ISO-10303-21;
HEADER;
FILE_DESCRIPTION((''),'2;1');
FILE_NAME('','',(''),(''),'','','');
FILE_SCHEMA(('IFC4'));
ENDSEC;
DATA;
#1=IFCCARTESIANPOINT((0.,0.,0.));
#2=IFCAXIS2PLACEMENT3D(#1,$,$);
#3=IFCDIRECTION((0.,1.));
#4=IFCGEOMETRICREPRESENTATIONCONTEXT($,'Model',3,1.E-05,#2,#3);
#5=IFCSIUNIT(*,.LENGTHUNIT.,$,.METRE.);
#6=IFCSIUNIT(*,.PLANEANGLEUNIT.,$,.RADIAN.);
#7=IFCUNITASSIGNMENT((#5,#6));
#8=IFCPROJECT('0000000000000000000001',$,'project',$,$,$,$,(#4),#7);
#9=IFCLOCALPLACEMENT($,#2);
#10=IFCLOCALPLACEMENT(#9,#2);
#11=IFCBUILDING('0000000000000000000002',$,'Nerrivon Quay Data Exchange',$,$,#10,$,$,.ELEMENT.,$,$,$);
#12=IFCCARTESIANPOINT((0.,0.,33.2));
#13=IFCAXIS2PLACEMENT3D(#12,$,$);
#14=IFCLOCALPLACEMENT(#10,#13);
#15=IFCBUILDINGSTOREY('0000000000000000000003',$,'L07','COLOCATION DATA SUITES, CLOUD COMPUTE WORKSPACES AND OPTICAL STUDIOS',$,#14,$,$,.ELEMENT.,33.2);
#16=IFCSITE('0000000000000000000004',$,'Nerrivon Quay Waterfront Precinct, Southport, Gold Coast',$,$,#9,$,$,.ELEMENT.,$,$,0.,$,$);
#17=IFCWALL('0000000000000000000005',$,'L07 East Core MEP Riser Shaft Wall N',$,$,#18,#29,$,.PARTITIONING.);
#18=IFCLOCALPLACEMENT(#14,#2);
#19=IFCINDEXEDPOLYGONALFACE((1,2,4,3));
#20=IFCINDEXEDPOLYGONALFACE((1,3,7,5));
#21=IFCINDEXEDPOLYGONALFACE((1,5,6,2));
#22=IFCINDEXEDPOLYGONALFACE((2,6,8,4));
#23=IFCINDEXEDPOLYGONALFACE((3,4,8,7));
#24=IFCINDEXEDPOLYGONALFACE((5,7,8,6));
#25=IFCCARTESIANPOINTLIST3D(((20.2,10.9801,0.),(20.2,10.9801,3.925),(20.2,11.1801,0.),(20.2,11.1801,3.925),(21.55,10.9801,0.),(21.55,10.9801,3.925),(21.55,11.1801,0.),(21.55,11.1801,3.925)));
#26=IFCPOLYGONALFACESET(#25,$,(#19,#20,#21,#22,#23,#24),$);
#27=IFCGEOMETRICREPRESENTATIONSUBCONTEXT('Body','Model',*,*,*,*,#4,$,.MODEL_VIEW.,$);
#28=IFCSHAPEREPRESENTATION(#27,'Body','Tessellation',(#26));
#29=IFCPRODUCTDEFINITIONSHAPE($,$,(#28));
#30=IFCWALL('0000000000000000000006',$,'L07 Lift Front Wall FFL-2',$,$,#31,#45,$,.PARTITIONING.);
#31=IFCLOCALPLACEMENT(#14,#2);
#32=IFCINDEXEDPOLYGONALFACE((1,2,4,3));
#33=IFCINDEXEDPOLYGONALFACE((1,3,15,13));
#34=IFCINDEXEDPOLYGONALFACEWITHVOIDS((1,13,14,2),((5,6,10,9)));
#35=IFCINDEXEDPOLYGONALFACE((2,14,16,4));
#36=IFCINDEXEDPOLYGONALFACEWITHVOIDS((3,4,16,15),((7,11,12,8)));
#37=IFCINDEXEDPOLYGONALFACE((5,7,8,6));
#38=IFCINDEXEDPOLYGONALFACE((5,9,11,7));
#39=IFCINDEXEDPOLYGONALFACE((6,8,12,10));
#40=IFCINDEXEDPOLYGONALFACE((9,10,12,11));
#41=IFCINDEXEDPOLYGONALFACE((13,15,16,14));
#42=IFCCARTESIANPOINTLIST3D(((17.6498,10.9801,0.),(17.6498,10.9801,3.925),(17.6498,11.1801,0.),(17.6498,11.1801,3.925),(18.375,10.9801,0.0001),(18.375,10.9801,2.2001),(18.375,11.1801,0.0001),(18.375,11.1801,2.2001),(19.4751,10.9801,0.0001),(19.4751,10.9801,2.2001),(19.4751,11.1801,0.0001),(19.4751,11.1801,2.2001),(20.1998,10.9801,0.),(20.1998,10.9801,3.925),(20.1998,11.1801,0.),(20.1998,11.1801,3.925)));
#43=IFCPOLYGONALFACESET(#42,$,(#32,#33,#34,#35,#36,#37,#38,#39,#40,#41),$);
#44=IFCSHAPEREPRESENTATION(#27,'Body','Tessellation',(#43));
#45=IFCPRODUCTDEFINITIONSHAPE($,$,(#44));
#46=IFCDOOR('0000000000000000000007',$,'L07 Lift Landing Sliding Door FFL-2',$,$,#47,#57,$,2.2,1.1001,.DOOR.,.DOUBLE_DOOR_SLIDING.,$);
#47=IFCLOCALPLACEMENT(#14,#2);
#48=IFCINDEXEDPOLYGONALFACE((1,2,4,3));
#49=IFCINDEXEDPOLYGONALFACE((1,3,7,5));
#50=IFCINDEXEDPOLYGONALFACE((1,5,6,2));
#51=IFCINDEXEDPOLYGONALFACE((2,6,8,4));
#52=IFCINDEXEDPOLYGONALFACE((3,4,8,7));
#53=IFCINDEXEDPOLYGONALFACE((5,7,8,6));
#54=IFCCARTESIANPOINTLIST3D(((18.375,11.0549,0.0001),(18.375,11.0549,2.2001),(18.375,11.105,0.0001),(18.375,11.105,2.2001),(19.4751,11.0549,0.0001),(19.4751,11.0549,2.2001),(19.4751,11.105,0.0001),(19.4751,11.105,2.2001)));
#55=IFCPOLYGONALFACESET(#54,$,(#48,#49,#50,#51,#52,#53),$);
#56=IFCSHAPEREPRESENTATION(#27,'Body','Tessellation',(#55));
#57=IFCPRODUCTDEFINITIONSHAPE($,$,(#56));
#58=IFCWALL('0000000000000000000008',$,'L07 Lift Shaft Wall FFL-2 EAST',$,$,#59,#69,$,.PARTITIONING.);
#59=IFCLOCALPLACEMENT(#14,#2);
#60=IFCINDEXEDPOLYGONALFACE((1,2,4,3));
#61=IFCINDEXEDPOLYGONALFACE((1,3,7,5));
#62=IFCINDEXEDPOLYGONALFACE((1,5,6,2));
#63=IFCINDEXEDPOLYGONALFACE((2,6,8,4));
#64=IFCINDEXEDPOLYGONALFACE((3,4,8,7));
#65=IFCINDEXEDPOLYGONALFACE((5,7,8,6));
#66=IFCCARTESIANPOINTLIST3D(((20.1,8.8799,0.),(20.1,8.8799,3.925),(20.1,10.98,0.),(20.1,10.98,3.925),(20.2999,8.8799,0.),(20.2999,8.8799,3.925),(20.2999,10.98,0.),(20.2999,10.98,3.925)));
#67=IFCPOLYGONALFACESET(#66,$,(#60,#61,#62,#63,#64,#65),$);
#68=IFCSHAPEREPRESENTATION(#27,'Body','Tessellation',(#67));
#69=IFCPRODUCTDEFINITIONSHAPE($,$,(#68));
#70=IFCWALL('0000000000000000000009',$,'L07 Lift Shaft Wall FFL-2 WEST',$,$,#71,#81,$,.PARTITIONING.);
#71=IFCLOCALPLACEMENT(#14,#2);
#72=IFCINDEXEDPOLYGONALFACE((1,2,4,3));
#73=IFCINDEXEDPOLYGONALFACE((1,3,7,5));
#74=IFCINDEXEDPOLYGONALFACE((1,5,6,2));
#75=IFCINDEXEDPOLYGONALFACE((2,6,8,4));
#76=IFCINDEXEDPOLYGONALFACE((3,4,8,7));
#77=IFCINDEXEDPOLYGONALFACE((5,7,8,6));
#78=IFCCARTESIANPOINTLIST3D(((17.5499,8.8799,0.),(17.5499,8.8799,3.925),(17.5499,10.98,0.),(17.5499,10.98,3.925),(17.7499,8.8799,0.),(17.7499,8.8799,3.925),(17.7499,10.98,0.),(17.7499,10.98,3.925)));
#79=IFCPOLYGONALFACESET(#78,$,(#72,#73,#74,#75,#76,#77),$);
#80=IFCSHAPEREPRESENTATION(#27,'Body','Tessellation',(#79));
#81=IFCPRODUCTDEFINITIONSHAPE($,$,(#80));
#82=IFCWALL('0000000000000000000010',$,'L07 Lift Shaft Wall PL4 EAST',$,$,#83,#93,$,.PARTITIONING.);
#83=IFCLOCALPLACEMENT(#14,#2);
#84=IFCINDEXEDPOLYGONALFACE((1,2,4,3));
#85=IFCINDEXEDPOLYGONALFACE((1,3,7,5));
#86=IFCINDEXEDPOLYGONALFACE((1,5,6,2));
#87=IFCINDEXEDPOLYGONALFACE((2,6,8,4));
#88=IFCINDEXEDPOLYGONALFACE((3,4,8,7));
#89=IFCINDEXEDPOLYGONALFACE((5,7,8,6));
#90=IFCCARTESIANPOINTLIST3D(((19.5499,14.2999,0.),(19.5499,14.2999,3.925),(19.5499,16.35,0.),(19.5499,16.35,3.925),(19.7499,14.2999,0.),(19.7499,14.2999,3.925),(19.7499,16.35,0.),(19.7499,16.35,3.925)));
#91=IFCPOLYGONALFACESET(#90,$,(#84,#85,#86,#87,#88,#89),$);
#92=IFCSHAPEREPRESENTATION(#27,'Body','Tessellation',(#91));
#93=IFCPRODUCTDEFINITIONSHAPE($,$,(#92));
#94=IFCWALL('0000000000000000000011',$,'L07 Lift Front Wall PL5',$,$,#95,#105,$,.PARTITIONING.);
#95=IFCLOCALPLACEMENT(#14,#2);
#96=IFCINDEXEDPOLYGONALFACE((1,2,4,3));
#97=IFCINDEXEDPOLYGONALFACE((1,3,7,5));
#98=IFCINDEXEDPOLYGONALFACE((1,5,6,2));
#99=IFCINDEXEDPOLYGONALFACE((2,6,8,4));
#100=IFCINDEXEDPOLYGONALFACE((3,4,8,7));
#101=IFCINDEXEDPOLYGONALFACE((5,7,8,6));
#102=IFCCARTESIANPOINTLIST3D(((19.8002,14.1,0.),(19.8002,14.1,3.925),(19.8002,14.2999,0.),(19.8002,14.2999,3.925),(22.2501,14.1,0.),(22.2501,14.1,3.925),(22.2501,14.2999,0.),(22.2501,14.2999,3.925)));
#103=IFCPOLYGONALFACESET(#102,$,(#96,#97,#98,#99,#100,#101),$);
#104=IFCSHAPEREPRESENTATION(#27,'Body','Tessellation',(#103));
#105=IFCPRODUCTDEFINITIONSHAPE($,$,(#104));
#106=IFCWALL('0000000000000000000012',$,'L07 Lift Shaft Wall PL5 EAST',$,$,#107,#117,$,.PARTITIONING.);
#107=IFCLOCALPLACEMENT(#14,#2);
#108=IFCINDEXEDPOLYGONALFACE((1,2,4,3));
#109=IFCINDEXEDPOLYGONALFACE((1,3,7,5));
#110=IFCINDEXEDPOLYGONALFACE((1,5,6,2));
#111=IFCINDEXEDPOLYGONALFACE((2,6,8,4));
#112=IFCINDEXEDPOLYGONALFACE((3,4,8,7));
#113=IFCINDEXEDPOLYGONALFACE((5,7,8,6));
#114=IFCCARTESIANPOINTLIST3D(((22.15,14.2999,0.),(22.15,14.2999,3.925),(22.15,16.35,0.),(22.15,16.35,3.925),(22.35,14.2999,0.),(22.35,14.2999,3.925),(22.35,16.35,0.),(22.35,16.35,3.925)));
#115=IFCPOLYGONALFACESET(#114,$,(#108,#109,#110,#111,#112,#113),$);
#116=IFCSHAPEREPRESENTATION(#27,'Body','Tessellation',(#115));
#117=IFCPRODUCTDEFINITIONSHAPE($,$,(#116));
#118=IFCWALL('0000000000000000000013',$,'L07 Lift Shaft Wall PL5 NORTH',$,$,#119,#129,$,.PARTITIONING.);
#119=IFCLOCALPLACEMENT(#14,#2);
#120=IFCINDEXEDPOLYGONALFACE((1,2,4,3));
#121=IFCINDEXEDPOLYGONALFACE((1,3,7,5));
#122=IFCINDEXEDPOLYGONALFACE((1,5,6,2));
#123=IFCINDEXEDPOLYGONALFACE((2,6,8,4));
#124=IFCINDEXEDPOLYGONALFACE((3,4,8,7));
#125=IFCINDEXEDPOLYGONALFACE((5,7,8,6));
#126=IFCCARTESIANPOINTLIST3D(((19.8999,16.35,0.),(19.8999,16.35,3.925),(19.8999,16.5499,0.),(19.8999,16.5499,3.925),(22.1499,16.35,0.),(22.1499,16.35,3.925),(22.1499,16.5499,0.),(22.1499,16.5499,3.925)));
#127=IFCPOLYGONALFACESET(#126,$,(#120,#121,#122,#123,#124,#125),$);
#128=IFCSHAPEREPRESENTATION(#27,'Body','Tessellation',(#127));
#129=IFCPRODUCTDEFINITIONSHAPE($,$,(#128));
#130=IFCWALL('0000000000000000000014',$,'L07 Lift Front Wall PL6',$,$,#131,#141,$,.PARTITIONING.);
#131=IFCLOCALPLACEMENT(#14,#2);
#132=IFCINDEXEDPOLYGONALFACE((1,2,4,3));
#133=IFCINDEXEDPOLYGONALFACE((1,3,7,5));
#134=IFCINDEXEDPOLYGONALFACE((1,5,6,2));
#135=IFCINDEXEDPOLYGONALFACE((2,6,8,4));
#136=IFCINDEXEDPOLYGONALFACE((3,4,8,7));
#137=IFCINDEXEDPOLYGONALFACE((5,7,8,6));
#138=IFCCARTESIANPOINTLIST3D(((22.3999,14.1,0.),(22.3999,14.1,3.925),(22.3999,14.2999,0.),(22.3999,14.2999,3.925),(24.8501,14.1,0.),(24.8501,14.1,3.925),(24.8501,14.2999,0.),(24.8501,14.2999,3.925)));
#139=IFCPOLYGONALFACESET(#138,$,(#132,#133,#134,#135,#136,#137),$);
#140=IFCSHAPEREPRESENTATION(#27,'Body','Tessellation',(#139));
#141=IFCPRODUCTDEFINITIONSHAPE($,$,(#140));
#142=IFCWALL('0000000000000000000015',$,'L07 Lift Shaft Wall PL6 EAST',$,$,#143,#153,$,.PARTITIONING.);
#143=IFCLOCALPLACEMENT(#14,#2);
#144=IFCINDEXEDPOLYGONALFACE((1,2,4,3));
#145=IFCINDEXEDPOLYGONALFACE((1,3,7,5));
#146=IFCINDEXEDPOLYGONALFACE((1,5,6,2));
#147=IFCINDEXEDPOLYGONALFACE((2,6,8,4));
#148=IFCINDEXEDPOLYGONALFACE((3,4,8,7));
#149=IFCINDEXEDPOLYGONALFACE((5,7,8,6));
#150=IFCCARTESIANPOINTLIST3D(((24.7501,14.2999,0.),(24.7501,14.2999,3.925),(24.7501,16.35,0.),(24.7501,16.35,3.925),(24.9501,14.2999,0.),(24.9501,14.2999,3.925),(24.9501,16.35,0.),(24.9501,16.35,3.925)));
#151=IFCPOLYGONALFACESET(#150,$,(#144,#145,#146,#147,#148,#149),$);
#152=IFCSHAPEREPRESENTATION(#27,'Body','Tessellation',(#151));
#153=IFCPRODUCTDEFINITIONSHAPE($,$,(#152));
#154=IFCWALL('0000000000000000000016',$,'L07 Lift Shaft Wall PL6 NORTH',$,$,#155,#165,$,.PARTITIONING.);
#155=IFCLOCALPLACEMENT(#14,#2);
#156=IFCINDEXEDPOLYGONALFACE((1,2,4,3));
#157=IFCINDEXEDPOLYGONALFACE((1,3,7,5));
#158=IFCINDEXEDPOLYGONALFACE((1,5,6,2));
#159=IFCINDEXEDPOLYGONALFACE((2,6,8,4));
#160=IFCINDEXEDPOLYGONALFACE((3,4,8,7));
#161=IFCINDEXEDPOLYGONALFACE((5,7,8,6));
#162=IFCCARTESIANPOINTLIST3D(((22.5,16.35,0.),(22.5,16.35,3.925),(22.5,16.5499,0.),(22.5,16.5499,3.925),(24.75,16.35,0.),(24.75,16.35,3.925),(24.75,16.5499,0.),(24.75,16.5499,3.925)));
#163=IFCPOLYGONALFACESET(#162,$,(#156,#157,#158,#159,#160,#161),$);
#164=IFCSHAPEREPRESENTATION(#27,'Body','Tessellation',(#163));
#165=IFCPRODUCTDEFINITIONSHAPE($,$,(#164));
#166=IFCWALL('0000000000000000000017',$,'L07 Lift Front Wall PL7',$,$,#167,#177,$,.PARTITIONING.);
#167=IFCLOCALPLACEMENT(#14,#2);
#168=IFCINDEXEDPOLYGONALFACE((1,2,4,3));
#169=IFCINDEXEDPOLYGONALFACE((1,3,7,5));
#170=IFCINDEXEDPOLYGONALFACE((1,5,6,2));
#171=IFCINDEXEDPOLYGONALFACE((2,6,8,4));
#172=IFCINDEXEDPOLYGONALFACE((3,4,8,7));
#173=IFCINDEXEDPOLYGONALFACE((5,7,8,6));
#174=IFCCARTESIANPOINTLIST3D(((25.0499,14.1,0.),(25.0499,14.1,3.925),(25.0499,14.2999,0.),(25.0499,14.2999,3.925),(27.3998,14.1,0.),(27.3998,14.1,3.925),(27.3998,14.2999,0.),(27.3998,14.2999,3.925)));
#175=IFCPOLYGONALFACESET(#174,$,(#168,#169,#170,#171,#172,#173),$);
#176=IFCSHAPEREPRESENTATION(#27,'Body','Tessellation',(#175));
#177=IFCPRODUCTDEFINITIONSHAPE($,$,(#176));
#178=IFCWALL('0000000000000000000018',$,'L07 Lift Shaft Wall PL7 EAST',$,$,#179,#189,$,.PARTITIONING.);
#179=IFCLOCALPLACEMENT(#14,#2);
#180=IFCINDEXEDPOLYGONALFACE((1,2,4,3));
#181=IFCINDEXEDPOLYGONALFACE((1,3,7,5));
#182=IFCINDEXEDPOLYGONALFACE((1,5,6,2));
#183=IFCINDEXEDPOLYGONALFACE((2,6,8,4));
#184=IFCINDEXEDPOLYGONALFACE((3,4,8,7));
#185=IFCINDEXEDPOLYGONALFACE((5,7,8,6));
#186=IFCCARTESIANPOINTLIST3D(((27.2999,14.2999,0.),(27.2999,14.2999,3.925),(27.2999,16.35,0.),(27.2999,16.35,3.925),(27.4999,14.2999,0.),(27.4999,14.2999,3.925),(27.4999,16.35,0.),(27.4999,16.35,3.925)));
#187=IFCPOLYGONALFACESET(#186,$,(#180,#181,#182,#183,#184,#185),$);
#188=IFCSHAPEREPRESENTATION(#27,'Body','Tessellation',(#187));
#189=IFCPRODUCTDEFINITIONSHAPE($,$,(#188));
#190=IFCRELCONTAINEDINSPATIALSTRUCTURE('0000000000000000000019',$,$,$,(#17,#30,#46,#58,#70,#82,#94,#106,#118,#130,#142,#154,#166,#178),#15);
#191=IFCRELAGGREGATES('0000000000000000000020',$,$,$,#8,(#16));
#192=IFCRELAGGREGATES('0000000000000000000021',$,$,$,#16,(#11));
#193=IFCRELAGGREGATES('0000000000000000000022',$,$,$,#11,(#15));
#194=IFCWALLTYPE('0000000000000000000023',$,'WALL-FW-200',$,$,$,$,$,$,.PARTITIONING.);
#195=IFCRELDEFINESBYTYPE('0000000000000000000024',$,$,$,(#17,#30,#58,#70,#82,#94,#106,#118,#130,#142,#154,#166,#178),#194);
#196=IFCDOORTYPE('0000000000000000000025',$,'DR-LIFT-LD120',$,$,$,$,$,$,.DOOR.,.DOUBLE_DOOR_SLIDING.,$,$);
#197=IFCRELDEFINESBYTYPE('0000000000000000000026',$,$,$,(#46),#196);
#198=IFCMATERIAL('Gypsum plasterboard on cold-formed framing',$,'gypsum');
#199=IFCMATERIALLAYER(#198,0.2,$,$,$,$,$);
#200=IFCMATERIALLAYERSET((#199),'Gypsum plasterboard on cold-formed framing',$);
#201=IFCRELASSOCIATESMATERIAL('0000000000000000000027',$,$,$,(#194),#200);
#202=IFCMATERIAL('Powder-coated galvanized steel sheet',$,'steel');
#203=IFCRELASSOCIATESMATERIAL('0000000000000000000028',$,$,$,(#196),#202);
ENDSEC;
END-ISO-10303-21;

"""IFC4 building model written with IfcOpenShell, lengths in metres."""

from ifc_helpers import new_model, si_unit, direction, frame, frame_2d, origin, place, context, subcontext, project, spatial, rectangle, extrude, material, layer, layer_set, type_object, element, fill, save


model = new_model("IFC4")

# Units and contexts
model_context = context("Model", 3, precision=1e-05, world=origin(), true_north=direction((0.0, 1.0)))
body_context = subcontext(model_context, "Body", "Model", "MODEL_VIEW")
ifc_project = project(units=[si_unit("LENGTHUNIT", "METRE"), si_unit("PLANEANGLEUNIT", "RADIAN")], contexts=[model_context])

# Site, building, storey
site_placement = place(None, origin())
site = spatial("IfcSite", under=ifc_project, at=site_placement, Name="Nerrivon Quay Waterfront Precinct, Southport, Gold Coast", CompositionType="ELEMENT", RefElevation=0.0)
building_placement = place(site_placement, origin())
building = spatial("IfcBuilding", under=site, at=building_placement, Name="Nerrivon Quay Data Exchange", CompositionType="ELEMENT")
storey_placement = place(building_placement, frame((0.0, 0.0, 33.2)))
storey = spatial("IfcBuildingStorey", under=building, at=storey_placement, Name="L07", Description="COLOCATION DATA SUITES, CLOUD COMPUTE WORKSPACES AND OPTICAL STUDIOS", CompositionType="ELEMENT", Elevation=33.2)

# Wall
ifc_material_1 = material(Name="Gypsum plasterboard on cold-formed framing", Category="gypsum")
ifc_layer_1 = layer(ifc_material_1, 0.2)
ifc_layer_set_1 = layer_set([ifc_layer_1], Name="Gypsum plasterboard on cold-formed framing")
wall_type_1 = type_object("IfcWallType", Name="WALL-FW-200", PredefinedType="PARTITIONING", material=ifc_layer_set_1)
wall_1_placement = place(storey_placement, frame((20.2, 11.0801, 0.0), z_axis=(0.0, 0.0, 1.0), x_axis=(1.0, 0.0, 0.0)))
element("IfcWall", 1, at=wall_1_placement, inside=storey, type_object=wall_type_1, Name="L07 East Core MEP Riser Shaft Wall N", PredefinedType="PARTITIONING", context=body_context, shape_type="SweptSolid", body=[
    extrude(rectangle(XDim=1.3501, YDim=0.2, at=frame_2d((0.675, 0.0))), origin(), (0.0, 0.0, 1.0), 3.925),
])

# Wall, opening, door
wall_2_placement = place(storey_placement, frame((17.6499, 11.0801, 0.0), z_axis=(0.0, 0.0, 1.0), x_axis=(1.0, 0.0, 0.0)))
wall_2 = element("IfcWall", 2, at=wall_2_placement, inside=storey, type_object=wall_type_1, Name="L07 Lift Front Wall FFL-2", PredefinedType="PARTITIONING", context=body_context, shape_type="SweptSolid", body=[
    extrude(rectangle(XDim=2.55, YDim=0.2, at=frame_2d((1.2749, 0.0))), origin(), (0.0, 0.0, 1.0), 3.925),
])
opening_1_placement = place(wall_2_placement, frame((0.7251, 0.0, 0.0)))
opening_1 = element("IfcOpeningElement", 3, at=opening_1_placement, cuts=wall_2, PredefinedType="OPENING", context=body_context, shape_type="SweptSolid", body=[
    extrude(rectangle(XDim=1.1001, YDim=2.2, at=frame_2d((0.55, 1.1001))), frame((0.0, 0.1099, 0.0), z_axis=(0.0, -1.0, 0.0), x_axis=(1.0, 0.0, 0.0)), (0.0, 0.0, 1.0), 0.22),
])
ifc_material_2 = material(Name="Powder-coated galvanized steel sheet", Category="steel")
door_type_1 = type_object("IfcDoorType", Name="DR-LIFT-LD120", OperationType="DOUBLE_DOOR_SLIDING", PredefinedType="DOOR", material=ifc_material_2)
door_1_placement = place(opening_1_placement, origin())
door_1 = element("IfcDoor", 4, at=door_1_placement, inside=storey, type_object=door_type_1, Name="L07 Lift Landing Sliding Door FFL-2", OperationType="DOUBLE_DOOR_SLIDING", OverallHeight=2.2, OverallWidth=1.1001, PredefinedType="DOOR", context=body_context, shape_type="SweptSolid", body=[
    extrude(rectangle(XDim=1.1001, YDim=2.2, at=frame_2d((0.55, 1.1001))), frame((0.0, 0.0249, 0.0), z_axis=(0.0, -1.0, 0.0), x_axis=(1.0, 0.0, 0.0)), (0.0, 0.0, 1.0), 0.05),
])
fill(opening_1, door_1)

# Walls
for number, where, z_axis, x_axis, name in (
    (5, (20.2, 8.8799, 0.0), (0.0, 0.0, 1.0), (0.0, 1.0, 0.0), "L07 Lift Shaft Wall FFL-2 EAST"),
    (6, (17.6499, 8.8799, 0.0), (0.0, 0.0, 1.0), (0.0, 1.0, 0.0), "L07 Lift Shaft Wall FFL-2 WEST"),
):
    element("IfcWall", number, at=place(storey_placement, frame(where, z_axis=z_axis, x_axis=x_axis)), inside=storey, type_object=wall_type_1, Name=name, PredefinedType="PARTITIONING", context=body_context, shape_type="SweptSolid", body=[
        extrude(rectangle(XDim=2.1001, YDim=0.2, at=frame_2d((1.05, 0.0))), origin(), (0.0, 0.0, 1.0), 3.925),
    ])
wall_3_placement = place(storey_placement, frame((19.6499, 14.3, 0.0), z_axis=(0.0, 0.0, 1.0), x_axis=(0.0, 1.0, 0.0)))
element("IfcWall", 7, at=wall_3_placement, inside=storey, type_object=wall_type_1, Name="L07 Lift Shaft Wall PL4 EAST", PredefinedType="PARTITIONING", context=body_context, shape_type="SweptSolid", body=[
    extrude(rectangle(XDim=2.05, YDim=0.2, at=frame_2d((1.0249, 0.0))), origin(), (0.0, 0.0, 1.0), 3.925),
])
wall_4_placement = place(storey_placement, frame((19.8, 14.2, 0.0), z_axis=(0.0, 0.0, 1.0), x_axis=(1.0, 0.0, 0.0)))
element("IfcWall", 8, at=wall_4_placement, inside=storey, type_object=wall_type_1, Name="L07 Lift Front Wall PL5", PredefinedType="PARTITIONING", context=body_context, shape_type="SweptSolid", body=[
    extrude(rectangle(XDim=2.45, YDim=0.2, at=frame_2d((1.2251, 0.0))), origin(), (0.0, 0.0, 1.0), 3.925),
])
wall_5_placement = place(storey_placement, frame((22.25, 14.3, 0.0), z_axis=(0.0, 0.0, 1.0), x_axis=(0.0, 1.0, 0.0)))
element("IfcWall", 9, at=wall_5_placement, inside=storey, type_object=wall_type_1, Name="L07 Lift Shaft Wall PL5 EAST", PredefinedType="PARTITIONING", context=body_context, shape_type="SweptSolid", body=[
    extrude(rectangle(XDim=2.05, YDim=0.2, at=frame_2d((1.0249, 0.0))), origin(), (0.0, 0.0, 1.0), 3.925),
])
wall_6_placement = place(storey_placement, frame((19.8999, 16.45, 0.0), z_axis=(0.0, 0.0, 1.0), x_axis=(1.0, 0.0, 0.0)))
element("IfcWall", 10, at=wall_6_placement, inside=storey, type_object=wall_type_1, Name="L07 Lift Shaft Wall PL5 NORTH", PredefinedType="PARTITIONING", context=body_context, shape_type="SweptSolid", body=[
    extrude(rectangle(XDim=2.25, YDim=0.2, at=frame_2d((1.125, 0.0))), origin(), (0.0, 0.0, 1.0), 3.925),
])
wall_7_placement = place(storey_placement, frame((22.3999, 14.2, 0.0), z_axis=(0.0, 0.0, 1.0), x_axis=(1.0, 0.0, 0.0)))
element("IfcWall", 11, at=wall_7_placement, inside=storey, type_object=wall_type_1, Name="L07 Lift Front Wall PL6", PredefinedType="PARTITIONING", context=body_context, shape_type="SweptSolid", body=[
    extrude(rectangle(XDim=2.4502, YDim=0.2, at=frame_2d((1.2251, 0.0))), origin(), (0.0, 0.0, 1.0), 3.925),
])
wall_8_placement = place(storey_placement, frame((24.8501, 14.3, 0.0), z_axis=(0.0, 0.0, 1.0), x_axis=(0.0, 1.0, 0.0)))
element("IfcWall", 12, at=wall_8_placement, inside=storey, type_object=wall_type_1, Name="L07 Lift Shaft Wall PL6 EAST", PredefinedType="PARTITIONING", context=body_context, shape_type="SweptSolid", body=[
    extrude(rectangle(XDim=2.05, YDim=0.2, at=frame_2d((1.0249, 0.0))), origin(), (0.0, 0.0, 1.0), 3.925),
])
wall_9_placement = place(storey_placement, frame((22.5, 16.45, 0.0), z_axis=(0.0, 0.0, 1.0), x_axis=(1.0, 0.0, 0.0)))
element("IfcWall", 13, at=wall_9_placement, inside=storey, type_object=wall_type_1, Name="L07 Lift Shaft Wall PL6 NORTH", PredefinedType="PARTITIONING", context=body_context, shape_type="SweptSolid", body=[
    extrude(rectangle(XDim=2.25, YDim=0.2, at=frame_2d((1.125, 0.0))), origin(), (0.0, 0.0, 1.0), 3.925),
])
wall_10_placement = place(storey_placement, frame((25.05, 14.2, 0.0), z_axis=(0.0, 0.0, 1.0), x_axis=(1.0, 0.0, 0.0)))
element("IfcWall", 14, at=wall_10_placement, inside=storey, type_object=wall_type_1, Name="L07 Lift Front Wall PL7", PredefinedType="PARTITIONING", context=body_context, shape_type="SweptSolid", body=[
    extrude(rectangle(XDim=2.3499, YDim=0.2, at=frame_2d((1.1748, 0.0))), origin(), (0.0, 0.0, 1.0), 3.925),
])
wall_11_placement = place(storey_placement, frame((27.3999, 14.3, 0.0), z_axis=(0.0, 0.0, 1.0), x_axis=(0.0, 1.0, 0.0)))
element("IfcWall", 15, at=wall_11_placement, inside=storey, type_object=wall_type_1, Name="L07 Lift Shaft Wall PL7 EAST", PredefinedType="PARTITIONING", context=body_context, shape_type="SweptSolid", body=[
    extrude(rectangle(XDim=2.05, YDim=0.2, at=frame_2d((1.0249, 0.0))), origin(), (0.0, 0.0, 1.0), 3.925),
])

save(model, "model.ifc")
